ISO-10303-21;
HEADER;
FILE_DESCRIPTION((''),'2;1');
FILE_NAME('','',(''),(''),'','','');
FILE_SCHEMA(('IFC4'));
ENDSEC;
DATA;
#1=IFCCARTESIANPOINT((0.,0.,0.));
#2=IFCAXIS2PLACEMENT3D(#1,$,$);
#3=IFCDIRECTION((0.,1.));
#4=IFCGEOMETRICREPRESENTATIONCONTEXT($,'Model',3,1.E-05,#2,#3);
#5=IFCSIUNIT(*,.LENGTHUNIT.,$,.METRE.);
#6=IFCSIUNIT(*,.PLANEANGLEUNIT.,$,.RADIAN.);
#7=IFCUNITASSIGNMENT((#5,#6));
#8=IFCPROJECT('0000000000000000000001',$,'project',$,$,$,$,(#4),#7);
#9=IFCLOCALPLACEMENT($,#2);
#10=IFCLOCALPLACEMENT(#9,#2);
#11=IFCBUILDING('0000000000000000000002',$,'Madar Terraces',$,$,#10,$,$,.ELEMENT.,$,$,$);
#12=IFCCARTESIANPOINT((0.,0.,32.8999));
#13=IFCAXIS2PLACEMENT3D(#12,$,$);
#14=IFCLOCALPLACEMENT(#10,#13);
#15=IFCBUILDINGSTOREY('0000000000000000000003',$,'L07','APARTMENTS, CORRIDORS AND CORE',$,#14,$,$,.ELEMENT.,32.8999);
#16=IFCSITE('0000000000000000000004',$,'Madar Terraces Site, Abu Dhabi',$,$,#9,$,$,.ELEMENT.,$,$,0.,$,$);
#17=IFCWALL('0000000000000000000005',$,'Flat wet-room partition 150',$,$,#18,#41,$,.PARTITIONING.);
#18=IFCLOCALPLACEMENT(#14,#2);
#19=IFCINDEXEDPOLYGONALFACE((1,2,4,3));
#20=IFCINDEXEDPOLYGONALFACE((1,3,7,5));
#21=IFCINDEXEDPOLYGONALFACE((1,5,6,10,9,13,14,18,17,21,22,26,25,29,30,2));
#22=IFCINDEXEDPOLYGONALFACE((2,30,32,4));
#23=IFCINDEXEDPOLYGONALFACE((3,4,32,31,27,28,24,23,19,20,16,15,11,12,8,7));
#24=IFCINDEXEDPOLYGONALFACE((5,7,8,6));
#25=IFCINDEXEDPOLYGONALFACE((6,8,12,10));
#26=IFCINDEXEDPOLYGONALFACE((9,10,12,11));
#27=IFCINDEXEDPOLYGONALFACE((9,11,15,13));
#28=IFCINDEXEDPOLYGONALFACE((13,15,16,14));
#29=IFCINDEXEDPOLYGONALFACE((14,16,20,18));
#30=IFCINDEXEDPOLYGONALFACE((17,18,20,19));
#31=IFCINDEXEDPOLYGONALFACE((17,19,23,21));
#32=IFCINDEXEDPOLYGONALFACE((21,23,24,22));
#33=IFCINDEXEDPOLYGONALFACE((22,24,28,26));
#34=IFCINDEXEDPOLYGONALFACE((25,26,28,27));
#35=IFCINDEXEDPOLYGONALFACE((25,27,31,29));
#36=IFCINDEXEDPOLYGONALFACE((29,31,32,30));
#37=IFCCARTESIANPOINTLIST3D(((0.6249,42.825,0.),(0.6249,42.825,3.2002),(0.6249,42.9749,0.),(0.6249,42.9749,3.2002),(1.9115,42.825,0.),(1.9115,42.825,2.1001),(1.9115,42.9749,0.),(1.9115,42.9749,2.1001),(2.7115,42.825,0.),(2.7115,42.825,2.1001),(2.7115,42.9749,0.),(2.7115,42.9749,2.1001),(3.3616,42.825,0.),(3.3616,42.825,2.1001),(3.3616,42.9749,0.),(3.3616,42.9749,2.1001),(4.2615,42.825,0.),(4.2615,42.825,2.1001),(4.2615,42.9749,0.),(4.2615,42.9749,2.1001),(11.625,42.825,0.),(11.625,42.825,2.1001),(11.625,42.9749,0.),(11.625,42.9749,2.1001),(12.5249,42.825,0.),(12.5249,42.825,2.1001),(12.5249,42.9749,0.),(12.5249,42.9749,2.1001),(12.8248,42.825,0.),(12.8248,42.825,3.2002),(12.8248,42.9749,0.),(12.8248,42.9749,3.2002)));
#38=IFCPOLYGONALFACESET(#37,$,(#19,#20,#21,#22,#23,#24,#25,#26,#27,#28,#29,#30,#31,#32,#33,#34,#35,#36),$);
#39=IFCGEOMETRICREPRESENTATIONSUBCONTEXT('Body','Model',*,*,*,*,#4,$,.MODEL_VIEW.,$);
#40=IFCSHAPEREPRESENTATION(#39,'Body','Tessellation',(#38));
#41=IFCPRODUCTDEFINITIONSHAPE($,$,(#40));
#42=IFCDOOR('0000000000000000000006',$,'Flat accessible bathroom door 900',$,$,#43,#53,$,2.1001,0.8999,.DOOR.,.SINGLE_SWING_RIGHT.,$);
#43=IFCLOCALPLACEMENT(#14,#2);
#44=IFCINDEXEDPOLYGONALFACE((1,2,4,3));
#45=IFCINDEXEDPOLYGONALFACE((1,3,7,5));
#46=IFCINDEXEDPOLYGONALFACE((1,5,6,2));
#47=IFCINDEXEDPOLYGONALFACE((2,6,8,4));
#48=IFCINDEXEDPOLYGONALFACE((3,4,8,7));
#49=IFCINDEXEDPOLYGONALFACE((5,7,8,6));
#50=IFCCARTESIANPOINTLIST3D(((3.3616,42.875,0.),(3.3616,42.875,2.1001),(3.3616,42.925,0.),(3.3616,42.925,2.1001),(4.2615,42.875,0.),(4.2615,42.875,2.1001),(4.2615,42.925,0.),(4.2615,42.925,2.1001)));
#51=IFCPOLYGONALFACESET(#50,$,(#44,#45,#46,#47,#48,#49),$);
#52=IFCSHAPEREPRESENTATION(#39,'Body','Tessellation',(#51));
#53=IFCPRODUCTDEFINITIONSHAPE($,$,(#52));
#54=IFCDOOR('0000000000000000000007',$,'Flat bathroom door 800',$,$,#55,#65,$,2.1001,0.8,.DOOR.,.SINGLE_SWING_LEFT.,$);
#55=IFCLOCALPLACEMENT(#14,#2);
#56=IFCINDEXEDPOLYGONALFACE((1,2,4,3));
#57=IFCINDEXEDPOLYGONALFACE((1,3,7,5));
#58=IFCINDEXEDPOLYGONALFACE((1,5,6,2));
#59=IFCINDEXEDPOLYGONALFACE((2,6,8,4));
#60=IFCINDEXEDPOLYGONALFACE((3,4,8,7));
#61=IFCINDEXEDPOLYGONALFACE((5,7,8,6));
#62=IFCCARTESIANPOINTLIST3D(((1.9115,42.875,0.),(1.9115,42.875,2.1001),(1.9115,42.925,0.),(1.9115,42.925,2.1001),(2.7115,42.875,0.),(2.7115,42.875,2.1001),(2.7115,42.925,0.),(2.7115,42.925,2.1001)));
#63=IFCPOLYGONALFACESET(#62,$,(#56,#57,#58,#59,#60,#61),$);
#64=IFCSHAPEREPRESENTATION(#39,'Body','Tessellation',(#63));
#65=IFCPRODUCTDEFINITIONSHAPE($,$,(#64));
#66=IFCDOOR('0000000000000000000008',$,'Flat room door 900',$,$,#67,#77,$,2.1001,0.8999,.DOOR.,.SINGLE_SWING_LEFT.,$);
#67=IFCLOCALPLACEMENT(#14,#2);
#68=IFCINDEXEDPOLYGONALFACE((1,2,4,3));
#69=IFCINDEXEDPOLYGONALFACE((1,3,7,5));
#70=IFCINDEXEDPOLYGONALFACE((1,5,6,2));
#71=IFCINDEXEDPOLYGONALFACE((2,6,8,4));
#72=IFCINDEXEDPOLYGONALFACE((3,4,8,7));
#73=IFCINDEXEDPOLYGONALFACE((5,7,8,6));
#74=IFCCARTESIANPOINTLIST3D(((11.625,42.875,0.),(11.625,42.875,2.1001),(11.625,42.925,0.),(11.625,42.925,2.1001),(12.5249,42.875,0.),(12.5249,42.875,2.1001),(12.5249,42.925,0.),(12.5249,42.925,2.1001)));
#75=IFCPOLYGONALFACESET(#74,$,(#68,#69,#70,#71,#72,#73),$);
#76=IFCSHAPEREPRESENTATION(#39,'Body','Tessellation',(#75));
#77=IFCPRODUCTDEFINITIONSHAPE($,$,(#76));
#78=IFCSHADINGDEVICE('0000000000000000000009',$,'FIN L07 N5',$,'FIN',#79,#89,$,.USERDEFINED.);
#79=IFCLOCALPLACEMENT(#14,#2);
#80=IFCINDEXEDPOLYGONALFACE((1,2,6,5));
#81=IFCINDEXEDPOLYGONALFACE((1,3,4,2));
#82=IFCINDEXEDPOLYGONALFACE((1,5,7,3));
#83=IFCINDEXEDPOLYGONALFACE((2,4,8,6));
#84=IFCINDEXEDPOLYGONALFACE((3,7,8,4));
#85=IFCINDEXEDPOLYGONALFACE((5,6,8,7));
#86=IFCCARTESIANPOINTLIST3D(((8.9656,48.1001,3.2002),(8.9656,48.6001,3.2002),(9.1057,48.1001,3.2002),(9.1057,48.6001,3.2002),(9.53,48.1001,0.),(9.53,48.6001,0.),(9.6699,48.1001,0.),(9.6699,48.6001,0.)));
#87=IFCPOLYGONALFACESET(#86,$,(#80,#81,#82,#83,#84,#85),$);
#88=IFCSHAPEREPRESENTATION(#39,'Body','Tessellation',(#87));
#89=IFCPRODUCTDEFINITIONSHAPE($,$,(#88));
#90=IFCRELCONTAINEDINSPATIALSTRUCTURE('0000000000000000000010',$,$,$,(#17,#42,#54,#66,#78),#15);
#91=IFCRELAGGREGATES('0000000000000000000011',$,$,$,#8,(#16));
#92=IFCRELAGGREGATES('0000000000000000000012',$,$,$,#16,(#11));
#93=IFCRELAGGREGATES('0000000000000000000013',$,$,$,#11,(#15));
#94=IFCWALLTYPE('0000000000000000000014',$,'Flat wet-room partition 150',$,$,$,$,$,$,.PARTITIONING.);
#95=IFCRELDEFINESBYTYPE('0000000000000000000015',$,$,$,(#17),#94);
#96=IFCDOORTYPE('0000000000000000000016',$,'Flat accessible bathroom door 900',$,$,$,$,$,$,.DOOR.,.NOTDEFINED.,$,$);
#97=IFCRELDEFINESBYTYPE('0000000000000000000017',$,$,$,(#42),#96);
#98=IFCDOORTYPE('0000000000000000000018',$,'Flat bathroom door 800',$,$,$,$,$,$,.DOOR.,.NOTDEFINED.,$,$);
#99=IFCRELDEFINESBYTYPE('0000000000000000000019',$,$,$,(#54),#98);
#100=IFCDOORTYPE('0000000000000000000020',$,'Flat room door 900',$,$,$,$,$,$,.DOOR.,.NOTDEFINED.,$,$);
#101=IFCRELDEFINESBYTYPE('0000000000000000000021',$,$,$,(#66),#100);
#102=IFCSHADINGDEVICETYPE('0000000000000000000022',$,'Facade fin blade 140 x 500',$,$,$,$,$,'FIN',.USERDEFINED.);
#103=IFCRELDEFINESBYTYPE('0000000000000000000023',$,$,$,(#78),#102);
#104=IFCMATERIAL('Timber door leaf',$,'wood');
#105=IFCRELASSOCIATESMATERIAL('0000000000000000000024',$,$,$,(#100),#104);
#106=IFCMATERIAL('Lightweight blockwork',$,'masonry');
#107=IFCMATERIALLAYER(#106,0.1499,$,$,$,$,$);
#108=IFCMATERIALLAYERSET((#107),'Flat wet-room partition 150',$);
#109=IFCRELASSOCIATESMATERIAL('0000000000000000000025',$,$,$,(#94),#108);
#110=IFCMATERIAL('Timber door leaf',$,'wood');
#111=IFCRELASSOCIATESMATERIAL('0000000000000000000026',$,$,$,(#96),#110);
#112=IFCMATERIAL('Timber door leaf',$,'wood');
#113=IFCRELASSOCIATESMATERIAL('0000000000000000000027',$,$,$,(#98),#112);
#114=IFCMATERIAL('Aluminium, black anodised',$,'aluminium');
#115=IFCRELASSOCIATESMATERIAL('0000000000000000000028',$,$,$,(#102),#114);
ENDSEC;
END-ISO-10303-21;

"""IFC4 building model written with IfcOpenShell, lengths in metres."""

from ifc_helpers import new_model, si_unit, direction, frame, frame_2d, origin, place, context, subcontext, project, spatial, polyline, rectangle, outline, extrude, material, layer, layer_set, type_object, element, fill, save


model = new_model("IFC4")

# Units and contexts
model_context = context("Model", 3, precision=1e-05, world=origin(), true_north=direction((0.0, 1.0)))
body_context = subcontext(model_context, "Body", "Model", "MODEL_VIEW")
ifc_project = project(units=[si_unit("LENGTHUNIT", "METRE"), si_unit("PLANEANGLEUNIT", "RADIAN")], contexts=[model_context])

# Site, building, storey
site_placement = place(None, origin())
site = spatial("IfcSite", under=ifc_project, at=site_placement, Name="Madar Terraces Site, Abu Dhabi", CompositionType="ELEMENT", RefElevation=0.0)
building_placement = place(site_placement, origin())
building = spatial("IfcBuilding", under=site, at=building_placement, Name="Madar Terraces", CompositionType="ELEMENT")
storey_placement = place(building_placement, frame((0.0, 0.0, 32.8999)))
storey = spatial("IfcBuildingStorey", under=building, at=storey_placement, Name="L07", Description="APARTMENTS, CORRIDORS AND CORE", CompositionType="ELEMENT", Elevation=32.8999)

# Shared definitions
ifc_material_1 = material(Name="Timber door leaf", Category="wood")
door_type_1 = type_object("IfcDoorType", Name="Flat room door 900", OperationType="NOTDEFINED", PredefinedType="DOOR", material=ifc_material_1)

# Wall, openings, doors
ifc_material_2 = material(Name="Lightweight blockwork", Category="masonry")
ifc_layer_1 = layer(ifc_material_2, 0.1499)
ifc_layer_set_1 = layer_set([ifc_layer_1], Name="Flat wet-room partition 150")
wall_type_1 = type_object("IfcWallType", Name="Flat wet-room partition 150", PredefinedType="PARTITIONING", material=ifc_layer_set_1)
wall_1_placement = place(storey_placement, frame((12.825, 42.8999, 0.0), z_axis=(0.0, 0.0, 1.0), x_axis=(-1.0, 0.0, 0.0)))
wall_1 = element("IfcWall", 1, at=wall_1_placement, inside=storey, type_object=wall_type_1, Name="Flat wet-room partition 150", PredefinedType="PARTITIONING", context=body_context, shape_type="SweptSolid", body=[
    extrude(rectangle(XDim=12.2, YDim=0.1499, at=frame_2d((6.1001, 0.0))), origin(), (0.0, 0.0, 1.0), 3.2002),
])
opening_1_placement = place(wall_1_placement, frame((0.3, 0.0, 0.0)))
opening_1 = element("IfcOpeningElement", 2, at=opening_1_placement, cuts=wall_1, PredefinedType="OPENING", context=body_context, shape_type="SweptSolid", body=[
    extrude(rectangle(XDim=0.8999, YDim=2.1001, at=frame_2d((0.45, 1.05))), frame((0.0, 0.085, 0.0), z_axis=(0.0, -1.0, 0.0), x_axis=(1.0, 0.0, 0.0)), (0.0, 0.0, 1.0), 0.1699),
])
opening_2_placement = place(wall_1_placement, frame((8.5635, 0.0, 0.0)))
opening_2 = element("IfcOpeningElement", 3, at=opening_2_placement, cuts=wall_1, PredefinedType="OPENING", context=body_context, shape_type="SweptSolid", body=[
    extrude(rectangle(XDim=0.8999, YDim=2.1001, at=frame_2d((0.45, 1.05))), frame((0.0, 0.085, 0.0), z_axis=(0.0, -1.0, 0.0), x_axis=(1.0, 0.0, 0.0)), (0.0, 0.0, 1.0), 0.1699),
])
opening_3_placement = place(wall_1_placement, frame((10.1135, 0.0, 0.0)))
opening_3 = element("IfcOpeningElement", 4, at=opening_3_placement, cuts=wall_1, PredefinedType="OPENING", context=body_context, shape_type="SweptSolid", body=[
    extrude(rectangle(XDim=0.8, YDim=2.1001, at=frame_2d((0.3999, 1.05))), frame((0.0, 0.085, 0.0), z_axis=(0.0, -1.0, 0.0), x_axis=(1.0, 0.0, 0.0)), (0.0, 0.0, 1.0), 0.1699),
])
ifc_material_3 = material(Name="Timber door leaf", Category="wood")
door_type_2 = type_object("IfcDoorType", Name="Flat accessible bathroom door 900", OperationType="NOTDEFINED", PredefinedType="DOOR", material=ifc_material_3)
door_1_placement = place(opening_2_placement, origin())
door_1 = element("IfcDoor", 5, at=door_1_placement, inside=storey, type_object=door_type_2, Name="Flat accessible bathroom door 900", OperationType="SINGLE_SWING_RIGHT", OverallHeight=2.1001, OverallWidth=0.8999, PredefinedType="DOOR", context=body_context, shape_type="SweptSolid", body=[
    extrude(rectangle(XDim=0.8999, YDim=2.1001, at=frame_2d((0.45, 1.05))), frame((0.0, 0.0249, 0.0), z_axis=(0.0, -1.0, 0.0), x_axis=(1.0, 0.0, 0.0)), (0.0, 0.0, 1.0), 0.05),
])
fill(opening_2, door_1)
ifc_material_4 = material(Name="Timber door leaf", Category="wood")
door_type_3 = type_object("IfcDoorType", Name="Flat bathroom door 800", OperationType="NOTDEFINED", PredefinedType="DOOR", material=ifc_material_4)
door_2_placement = place(opening_3_placement, origin())
door_2 = element("IfcDoor", 6, at=door_2_placement, inside=storey, type_object=door_type_3, Name="Flat bathroom door 800", OperationType="SINGLE_SWING_LEFT", OverallHeight=2.1001, OverallWidth=0.8, PredefinedType="DOOR", context=body_context, shape_type="SweptSolid", body=[
    extrude(rectangle(XDim=0.8, YDim=2.1001, at=frame_2d((0.3999, 1.05))), frame((0.0, 0.0249, 0.0), z_axis=(0.0, -1.0, 0.0), x_axis=(1.0, 0.0, 0.0)), (0.0, 0.0, 1.0), 0.05),
])
fill(opening_3, door_2)
door_3_placement = place(opening_1_placement, origin())
door_3 = element("IfcDoor", 7, at=door_3_placement, inside=storey, type_object=door_type_1, Name="Flat room door 900", OperationType="SINGLE_SWING_LEFT", OverallHeight=2.1001, OverallWidth=0.8999, PredefinedType="DOOR", context=body_context, shape_type="SweptSolid", body=[
    extrude(rectangle(XDim=0.8999, YDim=2.1001, at=frame_2d((0.45, 1.05))), frame((0.0, 0.0249, 0.0), z_axis=(0.0, -1.0, 0.0), x_axis=(1.0, 0.0, 0.0)), (0.0, 0.0, 1.0), 0.05),
])
fill(opening_1, door_3)

# Shading device
ifc_material_5 = material(Name="Aluminium, black anodised", Category="aluminium")
shading_device_type = type_object("IfcShadingDeviceType", Name="Facade fin blade 140 x 500", ElementType="FIN", PredefinedType="USERDEFINED", material=ifc_material_5)
shading_device_placement = place(storey_placement, frame((9.6699, 48.3501, 0.0), z_axis=(0.0, 0.0, 1.0), x_axis=(-1.0, 0.0, 0.0)))
element("IfcShadingDevice", 8, at=shading_device_placement, inside=storey, type_object=shading_device_type, Name="FIN L07 N5", ObjectType="FIN", PredefinedType="USERDEFINED", context=body_context, shape_type="SweptSolid", body=[
    extrude(outline(polyline([(0.0, 0.0), (0.1399, 0.0), (0.7043, 3.2002), (0.5642, 3.2002), (0.0, 0.0)])), frame((0.0, 0.25, 0.0), z_axis=(0.0, -1.0, 0.0), x_axis=(1.0, 0.0, 0.0)), (0.0, 0.0, 1.0), 0.5),
])

save(model, "model.ifc")
